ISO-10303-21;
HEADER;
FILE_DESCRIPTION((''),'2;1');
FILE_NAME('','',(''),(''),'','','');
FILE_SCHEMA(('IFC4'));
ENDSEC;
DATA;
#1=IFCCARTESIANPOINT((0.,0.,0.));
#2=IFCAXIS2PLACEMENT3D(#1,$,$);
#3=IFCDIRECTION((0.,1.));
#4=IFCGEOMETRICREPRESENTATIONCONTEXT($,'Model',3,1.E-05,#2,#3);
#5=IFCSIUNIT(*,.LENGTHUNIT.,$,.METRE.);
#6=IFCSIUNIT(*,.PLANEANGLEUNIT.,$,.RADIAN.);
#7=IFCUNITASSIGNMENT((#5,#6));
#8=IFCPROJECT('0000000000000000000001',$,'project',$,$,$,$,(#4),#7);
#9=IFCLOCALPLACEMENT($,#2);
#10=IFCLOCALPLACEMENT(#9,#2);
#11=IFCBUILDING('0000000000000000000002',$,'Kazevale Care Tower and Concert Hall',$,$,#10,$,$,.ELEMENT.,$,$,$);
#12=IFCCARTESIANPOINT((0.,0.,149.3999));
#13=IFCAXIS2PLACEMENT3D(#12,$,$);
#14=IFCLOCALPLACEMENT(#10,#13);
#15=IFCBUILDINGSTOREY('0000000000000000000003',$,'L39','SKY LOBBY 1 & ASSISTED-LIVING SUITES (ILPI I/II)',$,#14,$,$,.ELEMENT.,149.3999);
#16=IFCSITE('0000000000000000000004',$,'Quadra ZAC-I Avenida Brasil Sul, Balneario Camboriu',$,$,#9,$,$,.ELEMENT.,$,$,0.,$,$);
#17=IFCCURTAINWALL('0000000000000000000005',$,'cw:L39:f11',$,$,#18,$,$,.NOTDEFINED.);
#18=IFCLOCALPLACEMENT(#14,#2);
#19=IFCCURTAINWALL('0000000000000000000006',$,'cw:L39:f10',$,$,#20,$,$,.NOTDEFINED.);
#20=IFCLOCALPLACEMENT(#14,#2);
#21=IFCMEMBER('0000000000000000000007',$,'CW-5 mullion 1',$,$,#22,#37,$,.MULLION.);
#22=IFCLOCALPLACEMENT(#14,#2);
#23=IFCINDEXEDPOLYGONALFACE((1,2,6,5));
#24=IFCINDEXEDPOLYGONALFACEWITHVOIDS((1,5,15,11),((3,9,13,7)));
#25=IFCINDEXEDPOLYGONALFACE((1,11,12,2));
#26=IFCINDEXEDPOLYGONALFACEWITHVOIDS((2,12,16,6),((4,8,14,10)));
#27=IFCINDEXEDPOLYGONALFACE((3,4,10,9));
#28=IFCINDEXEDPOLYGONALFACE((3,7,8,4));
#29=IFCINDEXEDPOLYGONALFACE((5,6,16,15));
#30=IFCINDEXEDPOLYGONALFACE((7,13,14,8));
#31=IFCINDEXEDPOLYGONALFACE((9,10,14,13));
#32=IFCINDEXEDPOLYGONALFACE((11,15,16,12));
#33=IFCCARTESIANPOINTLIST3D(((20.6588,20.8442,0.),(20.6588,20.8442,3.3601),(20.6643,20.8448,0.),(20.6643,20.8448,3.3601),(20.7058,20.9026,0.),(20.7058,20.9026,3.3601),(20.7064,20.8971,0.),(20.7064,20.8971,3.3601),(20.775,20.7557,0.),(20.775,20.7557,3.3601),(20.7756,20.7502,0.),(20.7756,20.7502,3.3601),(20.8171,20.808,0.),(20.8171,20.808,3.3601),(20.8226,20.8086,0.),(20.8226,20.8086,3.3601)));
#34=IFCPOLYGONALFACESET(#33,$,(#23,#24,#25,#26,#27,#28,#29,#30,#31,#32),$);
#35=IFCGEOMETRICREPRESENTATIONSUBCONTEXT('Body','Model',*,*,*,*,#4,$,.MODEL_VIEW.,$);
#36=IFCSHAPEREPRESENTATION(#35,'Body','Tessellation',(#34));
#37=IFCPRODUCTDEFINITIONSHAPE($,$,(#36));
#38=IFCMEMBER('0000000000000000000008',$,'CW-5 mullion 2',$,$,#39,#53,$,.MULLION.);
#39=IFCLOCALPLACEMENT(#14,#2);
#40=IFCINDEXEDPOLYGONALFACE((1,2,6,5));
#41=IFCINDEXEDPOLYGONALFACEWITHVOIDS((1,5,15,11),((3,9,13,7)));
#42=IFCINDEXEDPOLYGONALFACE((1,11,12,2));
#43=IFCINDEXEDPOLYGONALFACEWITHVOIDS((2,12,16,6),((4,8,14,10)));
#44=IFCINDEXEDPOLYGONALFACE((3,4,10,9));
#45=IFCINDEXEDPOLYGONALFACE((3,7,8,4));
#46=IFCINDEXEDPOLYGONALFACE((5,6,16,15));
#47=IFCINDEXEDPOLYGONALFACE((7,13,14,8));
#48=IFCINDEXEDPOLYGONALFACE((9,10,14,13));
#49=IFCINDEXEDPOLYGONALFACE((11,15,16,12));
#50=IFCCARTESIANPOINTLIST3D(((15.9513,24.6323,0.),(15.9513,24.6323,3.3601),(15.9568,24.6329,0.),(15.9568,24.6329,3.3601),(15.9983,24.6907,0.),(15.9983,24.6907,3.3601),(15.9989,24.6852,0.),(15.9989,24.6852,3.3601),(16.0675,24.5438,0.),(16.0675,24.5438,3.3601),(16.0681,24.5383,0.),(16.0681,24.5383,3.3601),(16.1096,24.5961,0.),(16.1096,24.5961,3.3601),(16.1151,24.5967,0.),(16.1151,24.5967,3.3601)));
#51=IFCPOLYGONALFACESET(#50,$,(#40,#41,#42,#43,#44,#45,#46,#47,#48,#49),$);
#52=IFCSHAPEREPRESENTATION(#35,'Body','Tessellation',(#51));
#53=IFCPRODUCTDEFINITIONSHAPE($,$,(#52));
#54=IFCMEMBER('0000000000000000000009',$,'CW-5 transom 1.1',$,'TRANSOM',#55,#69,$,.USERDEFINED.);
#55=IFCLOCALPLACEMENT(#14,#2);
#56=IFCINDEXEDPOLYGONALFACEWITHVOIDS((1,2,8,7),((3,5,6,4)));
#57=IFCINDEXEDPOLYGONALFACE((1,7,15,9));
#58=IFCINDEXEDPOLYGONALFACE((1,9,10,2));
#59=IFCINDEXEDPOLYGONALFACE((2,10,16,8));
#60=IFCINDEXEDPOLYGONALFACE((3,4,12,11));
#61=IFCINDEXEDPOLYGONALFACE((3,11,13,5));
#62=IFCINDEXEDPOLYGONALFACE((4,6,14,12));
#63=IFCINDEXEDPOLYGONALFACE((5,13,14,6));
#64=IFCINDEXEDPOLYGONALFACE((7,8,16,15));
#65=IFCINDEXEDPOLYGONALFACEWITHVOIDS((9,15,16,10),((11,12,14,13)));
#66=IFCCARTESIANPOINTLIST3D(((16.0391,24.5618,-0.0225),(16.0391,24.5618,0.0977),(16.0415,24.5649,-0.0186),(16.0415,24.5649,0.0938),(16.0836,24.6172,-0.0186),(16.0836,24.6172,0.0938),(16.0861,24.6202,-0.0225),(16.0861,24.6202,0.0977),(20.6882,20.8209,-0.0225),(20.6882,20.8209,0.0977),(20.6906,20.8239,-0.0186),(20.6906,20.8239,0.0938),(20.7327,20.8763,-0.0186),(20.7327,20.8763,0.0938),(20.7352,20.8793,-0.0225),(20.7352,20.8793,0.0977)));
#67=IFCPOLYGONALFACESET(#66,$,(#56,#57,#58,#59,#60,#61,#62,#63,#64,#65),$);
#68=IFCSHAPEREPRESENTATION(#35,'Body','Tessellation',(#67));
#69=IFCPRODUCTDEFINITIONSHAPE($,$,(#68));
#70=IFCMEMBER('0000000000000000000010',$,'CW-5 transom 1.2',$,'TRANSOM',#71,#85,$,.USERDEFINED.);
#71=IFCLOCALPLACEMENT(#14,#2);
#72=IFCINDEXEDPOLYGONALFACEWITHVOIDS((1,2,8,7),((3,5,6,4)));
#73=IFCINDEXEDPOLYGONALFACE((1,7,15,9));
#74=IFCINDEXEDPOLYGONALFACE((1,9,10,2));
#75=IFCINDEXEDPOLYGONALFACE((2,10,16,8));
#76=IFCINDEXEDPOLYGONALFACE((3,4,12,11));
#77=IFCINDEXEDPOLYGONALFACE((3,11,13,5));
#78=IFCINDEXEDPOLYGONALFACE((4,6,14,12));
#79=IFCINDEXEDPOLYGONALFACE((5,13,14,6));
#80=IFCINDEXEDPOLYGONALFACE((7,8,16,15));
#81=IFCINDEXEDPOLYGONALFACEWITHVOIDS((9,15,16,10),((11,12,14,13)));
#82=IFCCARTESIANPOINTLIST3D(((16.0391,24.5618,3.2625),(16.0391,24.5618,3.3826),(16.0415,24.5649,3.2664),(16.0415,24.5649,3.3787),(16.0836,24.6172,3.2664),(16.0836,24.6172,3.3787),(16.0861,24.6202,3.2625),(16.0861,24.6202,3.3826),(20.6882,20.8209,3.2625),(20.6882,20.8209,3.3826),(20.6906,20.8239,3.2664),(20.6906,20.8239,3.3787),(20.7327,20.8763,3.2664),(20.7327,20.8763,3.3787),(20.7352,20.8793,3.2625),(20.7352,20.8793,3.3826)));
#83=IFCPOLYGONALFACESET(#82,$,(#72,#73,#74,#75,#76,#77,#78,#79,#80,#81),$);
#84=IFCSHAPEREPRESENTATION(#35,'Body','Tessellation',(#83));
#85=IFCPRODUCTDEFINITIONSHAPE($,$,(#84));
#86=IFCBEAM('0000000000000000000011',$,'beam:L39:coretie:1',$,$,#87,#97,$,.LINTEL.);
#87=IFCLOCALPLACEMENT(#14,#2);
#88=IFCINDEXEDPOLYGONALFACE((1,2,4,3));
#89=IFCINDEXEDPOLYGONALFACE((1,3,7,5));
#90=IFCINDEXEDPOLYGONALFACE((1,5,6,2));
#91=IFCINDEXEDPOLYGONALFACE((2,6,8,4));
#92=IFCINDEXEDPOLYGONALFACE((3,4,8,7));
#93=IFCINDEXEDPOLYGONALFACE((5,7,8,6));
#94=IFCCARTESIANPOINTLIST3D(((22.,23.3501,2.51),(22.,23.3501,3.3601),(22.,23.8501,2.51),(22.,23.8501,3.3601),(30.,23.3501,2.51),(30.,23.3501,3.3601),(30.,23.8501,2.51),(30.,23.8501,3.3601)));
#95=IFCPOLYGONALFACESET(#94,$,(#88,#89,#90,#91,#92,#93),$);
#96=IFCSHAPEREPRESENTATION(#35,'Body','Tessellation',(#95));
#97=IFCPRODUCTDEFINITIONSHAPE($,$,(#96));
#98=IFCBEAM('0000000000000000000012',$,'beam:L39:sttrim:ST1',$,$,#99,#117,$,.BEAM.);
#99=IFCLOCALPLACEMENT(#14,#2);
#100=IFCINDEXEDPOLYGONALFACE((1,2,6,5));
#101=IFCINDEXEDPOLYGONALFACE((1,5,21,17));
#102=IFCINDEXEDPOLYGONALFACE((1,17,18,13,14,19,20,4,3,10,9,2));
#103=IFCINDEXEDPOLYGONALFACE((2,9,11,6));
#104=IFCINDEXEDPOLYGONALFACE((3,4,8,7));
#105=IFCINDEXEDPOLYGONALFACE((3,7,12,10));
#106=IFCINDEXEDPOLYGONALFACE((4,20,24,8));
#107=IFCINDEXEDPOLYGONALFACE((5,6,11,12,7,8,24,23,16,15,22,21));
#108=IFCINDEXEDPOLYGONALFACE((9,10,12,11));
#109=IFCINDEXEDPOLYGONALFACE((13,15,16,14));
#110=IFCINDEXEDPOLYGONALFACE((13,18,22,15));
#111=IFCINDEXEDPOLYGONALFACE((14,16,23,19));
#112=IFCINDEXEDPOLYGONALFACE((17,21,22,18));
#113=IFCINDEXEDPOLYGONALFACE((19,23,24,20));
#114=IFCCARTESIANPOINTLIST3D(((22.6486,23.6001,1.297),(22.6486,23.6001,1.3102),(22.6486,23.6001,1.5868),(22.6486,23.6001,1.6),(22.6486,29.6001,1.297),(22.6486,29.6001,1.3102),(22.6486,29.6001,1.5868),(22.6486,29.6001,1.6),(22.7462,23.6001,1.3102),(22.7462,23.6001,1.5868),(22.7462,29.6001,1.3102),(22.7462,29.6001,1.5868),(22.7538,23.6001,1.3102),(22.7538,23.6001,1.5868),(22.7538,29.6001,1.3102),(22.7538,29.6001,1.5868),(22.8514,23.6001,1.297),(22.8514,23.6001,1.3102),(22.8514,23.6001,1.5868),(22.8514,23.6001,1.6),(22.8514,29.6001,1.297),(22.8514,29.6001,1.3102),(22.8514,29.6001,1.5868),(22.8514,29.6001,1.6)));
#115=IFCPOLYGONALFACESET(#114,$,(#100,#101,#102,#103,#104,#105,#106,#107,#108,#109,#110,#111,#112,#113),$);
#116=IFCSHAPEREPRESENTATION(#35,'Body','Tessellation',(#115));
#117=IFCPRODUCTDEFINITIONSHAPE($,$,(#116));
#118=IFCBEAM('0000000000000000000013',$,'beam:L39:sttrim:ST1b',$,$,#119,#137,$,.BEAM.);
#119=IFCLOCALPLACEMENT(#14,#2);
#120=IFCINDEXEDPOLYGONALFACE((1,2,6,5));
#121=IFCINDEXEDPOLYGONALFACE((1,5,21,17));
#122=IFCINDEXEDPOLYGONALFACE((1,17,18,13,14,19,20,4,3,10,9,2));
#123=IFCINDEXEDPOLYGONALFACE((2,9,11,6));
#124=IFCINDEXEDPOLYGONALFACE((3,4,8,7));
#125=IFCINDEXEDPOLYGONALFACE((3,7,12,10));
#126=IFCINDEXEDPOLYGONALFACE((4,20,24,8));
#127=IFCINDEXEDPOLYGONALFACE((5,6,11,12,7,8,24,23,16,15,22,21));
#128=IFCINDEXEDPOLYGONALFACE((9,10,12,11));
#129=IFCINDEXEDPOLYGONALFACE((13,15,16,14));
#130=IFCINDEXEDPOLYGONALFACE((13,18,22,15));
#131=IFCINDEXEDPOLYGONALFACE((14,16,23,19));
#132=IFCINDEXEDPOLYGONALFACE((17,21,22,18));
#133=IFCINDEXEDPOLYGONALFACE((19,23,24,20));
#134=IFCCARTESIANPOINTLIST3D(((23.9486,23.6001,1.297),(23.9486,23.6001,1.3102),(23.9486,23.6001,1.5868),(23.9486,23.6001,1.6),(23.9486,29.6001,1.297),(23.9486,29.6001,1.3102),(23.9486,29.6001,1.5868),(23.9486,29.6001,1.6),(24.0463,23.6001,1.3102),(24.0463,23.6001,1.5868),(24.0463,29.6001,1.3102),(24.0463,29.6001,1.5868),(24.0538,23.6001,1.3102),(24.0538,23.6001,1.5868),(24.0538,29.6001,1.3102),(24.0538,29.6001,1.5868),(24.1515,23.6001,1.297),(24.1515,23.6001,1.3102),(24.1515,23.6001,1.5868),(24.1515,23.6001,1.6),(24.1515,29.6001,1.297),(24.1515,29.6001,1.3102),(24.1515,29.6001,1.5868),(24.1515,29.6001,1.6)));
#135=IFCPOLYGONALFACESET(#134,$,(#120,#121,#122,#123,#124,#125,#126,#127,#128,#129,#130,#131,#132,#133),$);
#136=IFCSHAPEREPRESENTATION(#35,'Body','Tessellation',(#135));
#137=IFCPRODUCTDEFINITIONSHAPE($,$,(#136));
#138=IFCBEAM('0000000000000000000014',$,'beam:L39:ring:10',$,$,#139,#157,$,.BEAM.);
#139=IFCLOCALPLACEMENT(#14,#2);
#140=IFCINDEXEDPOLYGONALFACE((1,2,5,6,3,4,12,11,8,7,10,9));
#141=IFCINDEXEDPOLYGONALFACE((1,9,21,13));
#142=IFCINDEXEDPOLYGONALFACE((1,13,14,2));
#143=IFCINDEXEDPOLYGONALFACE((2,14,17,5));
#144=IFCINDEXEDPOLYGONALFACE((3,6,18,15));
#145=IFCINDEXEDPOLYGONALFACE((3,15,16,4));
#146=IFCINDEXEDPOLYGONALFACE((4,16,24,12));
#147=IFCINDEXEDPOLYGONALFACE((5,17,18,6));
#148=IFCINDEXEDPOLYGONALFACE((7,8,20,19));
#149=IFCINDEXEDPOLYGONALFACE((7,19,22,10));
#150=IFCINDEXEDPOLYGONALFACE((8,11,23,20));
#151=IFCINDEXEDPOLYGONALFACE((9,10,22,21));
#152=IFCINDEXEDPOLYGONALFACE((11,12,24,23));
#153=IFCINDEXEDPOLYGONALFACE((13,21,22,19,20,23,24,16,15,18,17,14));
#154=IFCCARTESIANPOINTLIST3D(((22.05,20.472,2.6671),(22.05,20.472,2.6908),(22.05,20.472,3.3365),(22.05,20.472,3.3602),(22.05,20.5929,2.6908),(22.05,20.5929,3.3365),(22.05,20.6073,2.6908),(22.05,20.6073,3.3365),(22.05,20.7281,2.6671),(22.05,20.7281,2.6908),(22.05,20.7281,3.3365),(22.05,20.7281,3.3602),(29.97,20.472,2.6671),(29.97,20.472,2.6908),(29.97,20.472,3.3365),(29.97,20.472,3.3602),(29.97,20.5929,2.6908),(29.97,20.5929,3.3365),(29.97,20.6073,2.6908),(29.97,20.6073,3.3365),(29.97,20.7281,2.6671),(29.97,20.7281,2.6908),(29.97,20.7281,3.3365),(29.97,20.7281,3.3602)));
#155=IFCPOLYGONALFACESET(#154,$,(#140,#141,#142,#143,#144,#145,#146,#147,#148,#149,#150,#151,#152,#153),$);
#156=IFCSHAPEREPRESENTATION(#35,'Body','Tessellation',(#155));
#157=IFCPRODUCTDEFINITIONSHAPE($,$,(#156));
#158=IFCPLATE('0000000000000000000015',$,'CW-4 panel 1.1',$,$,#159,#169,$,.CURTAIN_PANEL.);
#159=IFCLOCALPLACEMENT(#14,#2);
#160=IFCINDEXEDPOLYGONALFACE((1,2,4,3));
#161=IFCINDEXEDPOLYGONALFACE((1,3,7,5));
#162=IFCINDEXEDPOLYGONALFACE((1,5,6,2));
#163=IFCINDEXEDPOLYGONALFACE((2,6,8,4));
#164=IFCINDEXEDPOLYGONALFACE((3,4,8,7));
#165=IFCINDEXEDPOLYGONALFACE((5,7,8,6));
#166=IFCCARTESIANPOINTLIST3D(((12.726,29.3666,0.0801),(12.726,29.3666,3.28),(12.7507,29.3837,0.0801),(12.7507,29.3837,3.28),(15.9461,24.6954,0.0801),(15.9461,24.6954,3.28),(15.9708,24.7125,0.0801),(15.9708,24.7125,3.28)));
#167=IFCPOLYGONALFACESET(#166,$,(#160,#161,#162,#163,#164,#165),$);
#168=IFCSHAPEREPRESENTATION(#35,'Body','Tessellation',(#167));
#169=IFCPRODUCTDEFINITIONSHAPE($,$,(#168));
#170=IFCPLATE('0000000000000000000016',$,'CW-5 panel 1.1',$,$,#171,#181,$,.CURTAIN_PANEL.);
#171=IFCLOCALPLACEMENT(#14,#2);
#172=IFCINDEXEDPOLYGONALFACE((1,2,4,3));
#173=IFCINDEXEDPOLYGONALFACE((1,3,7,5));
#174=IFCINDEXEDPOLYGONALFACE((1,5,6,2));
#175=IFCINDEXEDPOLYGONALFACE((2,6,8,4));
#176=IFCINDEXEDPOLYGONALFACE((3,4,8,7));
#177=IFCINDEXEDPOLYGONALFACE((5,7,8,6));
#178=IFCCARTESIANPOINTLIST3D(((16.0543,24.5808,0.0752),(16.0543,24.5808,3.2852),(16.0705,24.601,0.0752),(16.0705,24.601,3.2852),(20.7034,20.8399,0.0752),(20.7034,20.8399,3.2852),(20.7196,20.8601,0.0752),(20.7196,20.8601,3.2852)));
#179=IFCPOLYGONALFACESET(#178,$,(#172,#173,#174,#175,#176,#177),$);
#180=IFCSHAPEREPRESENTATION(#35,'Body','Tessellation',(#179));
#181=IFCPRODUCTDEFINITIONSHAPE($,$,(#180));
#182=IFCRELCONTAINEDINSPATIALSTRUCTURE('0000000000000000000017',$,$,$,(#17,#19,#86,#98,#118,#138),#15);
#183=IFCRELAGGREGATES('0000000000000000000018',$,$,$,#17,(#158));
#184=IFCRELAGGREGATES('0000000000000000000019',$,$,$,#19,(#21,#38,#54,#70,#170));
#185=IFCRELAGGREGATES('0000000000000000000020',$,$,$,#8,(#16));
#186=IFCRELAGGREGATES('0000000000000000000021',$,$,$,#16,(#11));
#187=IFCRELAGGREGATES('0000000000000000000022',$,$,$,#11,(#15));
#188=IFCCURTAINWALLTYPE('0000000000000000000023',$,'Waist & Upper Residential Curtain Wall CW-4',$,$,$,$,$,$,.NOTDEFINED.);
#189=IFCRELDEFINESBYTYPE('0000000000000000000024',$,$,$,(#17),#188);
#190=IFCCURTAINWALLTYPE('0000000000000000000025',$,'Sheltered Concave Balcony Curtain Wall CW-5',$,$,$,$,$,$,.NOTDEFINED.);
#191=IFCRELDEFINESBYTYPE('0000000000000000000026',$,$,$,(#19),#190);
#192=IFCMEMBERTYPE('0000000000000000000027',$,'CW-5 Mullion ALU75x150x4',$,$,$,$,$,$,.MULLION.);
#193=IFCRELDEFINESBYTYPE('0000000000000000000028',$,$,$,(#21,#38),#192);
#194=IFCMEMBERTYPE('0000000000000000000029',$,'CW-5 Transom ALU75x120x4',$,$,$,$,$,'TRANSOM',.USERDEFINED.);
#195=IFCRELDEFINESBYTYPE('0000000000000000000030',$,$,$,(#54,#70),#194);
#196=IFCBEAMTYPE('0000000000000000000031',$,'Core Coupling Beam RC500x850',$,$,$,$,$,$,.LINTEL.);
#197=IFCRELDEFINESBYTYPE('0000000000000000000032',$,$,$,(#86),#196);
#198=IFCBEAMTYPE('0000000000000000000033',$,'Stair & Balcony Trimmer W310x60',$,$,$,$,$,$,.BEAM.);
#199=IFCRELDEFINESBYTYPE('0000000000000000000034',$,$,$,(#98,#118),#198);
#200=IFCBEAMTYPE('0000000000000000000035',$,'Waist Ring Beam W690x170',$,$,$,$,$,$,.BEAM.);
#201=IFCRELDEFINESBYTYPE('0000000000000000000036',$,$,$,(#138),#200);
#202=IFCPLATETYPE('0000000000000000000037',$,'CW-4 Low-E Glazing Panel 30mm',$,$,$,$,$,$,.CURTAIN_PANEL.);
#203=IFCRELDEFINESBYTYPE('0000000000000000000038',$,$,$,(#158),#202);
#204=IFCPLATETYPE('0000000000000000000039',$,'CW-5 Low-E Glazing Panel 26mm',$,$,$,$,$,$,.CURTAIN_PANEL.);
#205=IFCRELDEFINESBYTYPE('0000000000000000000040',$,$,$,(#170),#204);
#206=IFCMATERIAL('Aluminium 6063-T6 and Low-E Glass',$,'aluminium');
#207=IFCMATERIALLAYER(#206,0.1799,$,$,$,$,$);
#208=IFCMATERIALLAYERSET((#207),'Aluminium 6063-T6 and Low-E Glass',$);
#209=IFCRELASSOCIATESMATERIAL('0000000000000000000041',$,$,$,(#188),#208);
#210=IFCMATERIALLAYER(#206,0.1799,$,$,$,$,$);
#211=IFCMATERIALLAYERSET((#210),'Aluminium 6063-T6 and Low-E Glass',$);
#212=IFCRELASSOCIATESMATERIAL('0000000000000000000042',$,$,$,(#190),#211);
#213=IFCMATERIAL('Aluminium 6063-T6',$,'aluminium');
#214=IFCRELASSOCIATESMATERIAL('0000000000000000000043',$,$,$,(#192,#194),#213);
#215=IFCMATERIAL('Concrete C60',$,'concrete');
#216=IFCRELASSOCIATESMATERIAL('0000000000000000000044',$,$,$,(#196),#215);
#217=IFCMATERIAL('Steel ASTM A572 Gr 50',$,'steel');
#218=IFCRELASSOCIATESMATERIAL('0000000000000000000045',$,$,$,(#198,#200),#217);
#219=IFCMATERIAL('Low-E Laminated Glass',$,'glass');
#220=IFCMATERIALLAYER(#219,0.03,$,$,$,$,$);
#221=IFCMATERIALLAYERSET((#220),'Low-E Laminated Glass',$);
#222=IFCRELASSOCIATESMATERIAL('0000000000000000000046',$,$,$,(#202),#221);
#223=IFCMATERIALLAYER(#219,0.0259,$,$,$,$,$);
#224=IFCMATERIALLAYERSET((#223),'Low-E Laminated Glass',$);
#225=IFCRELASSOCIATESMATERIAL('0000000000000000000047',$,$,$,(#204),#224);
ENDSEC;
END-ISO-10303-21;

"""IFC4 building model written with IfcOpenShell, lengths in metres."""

from ifc_helpers import new_model, si_unit, direction, frame, origin, origin_2d, place, context, subcontext, project, spatial, rectangle, hollow_rectangle, i_section, extrude, material, layer, layer_set, material_profile, profile_set, type_object, element, aggregate, save


model = new_model("IFC4")

# Units and contexts
model_context = context("Model", 3, precision=1e-05, world=origin(), true_north=direction((0.0, 1.0)))
body_context = subcontext(model_context, "Body", "Model", "MODEL_VIEW")
ifc_project = project(units=[si_unit("LENGTHUNIT", "METRE"), si_unit("PLANEANGLEUNIT", "RADIAN")], contexts=[model_context])

# Site, building, storey
site_placement = place(None, origin())
site = spatial("IfcSite", under=ifc_project, at=site_placement, Name="Quadra ZAC-I Avenida Brasil Sul, Balneario Camboriu", CompositionType="ELEMENT", RefElevation=0.0)
building_placement = place(site_placement, origin())
building = spatial("IfcBuilding", under=site, at=building_placement, Name="Kazevale Care Tower and Concert Hall", CompositionType="ELEMENT")
storey_placement = place(building_placement, frame((0.0, 0.0, 149.3999)))
storey = spatial("IfcBuildingStorey", under=building, at=storey_placement, Name="L39", Description="SKY LOBBY 1 & ASSISTED-LIVING SUITES (ILPI I/II)", CompositionType="ELEMENT", Elevation=149.3999)

# Shared definitions
ifc_material_1 = material(Name="Concrete C60", Category="concrete")

# Curtain wall
ifc_material_2 = material(Name="Aluminium 6063-T6 and Low-E Glass", Category="aluminium")
ifc_layer_1 = layer(ifc_material_2, 0.1799)
ifc_layer_set_1 = layer_set([ifc_layer_1], Name="Aluminium 6063-T6 and Low-E Glass")
curtain_wall_type_1 = type_object("IfcCurtainWallType", Name="Waist & Upper Residential Curtain Wall CW-4", PredefinedType="NOTDEFINED", material=ifc_layer_set_1)
curtain_wall_1_placement = place(storey_placement, origin())
curtain_wall_1 = element("IfcCurtainWall", 1, at=curtain_wall_1_placement, inside=storey, type_object=curtain_wall_type_1, Name="cw:L39:f11", PredefinedType="NOTDEFINED")
ifc_material_3 = material(Name="Aluminium 6063-T6", Category="aluminium")

# Curtain wall, members
ifc_layer_2 = layer(ifc_material_2, 0.1799)
ifc_layer_set_2 = layer_set([ifc_layer_2], Name="Aluminium 6063-T6 and Low-E Glass")
curtain_wall_type_2 = type_object("IfcCurtainWallType", Name="Sheltered Concave Balcony Curtain Wall CW-5", PredefinedType="NOTDEFINED", material=ifc_layer_set_2)
curtain_wall_2_placement = place(storey_placement, origin())
curtain_wall_2 = element("IfcCurtainWall", 2, at=curtain_wall_2_placement, inside=storey, type_object=curtain_wall_type_2, Name="cw:L39:f10", PredefinedType="NOTDEFINED")
ifc_material_profile_1 = material_profile(ifc_material_3, hollow_rectangle(XDim=0.075, YDim=0.1499, WallThickness=0.0039, at=origin_2d()), Name="ALU75x150x4")
ifc_profile_set_1 = profile_set([ifc_material_profile_1], Name="Aluminium 6063-T6")
member_type_1 = type_object("IfcMemberType", Name="CW-5 Mullion ALU75x150x4", PredefinedType="MULLION", material=ifc_profile_set_1)
member_1_placement = place(storey_placement, frame((20.7407, 20.8264, 0.0), z_axis=(0.0, 0.0, 1.0), x_axis=(-0.626905, -0.779095, 0.0)))
member_1 = element("IfcMember", 3, at=member_1_placement, type_object=member_type_1, Name="CW-5 mullion 1", PredefinedType="MULLION", context=body_context, shape_type="SweptSolid", body=[
    extrude(hollow_rectangle(XDim=0.075, YDim=0.1499, WallThickness=0.0039, at=origin_2d()), origin(), (0.0, 0.0, 1.0), 3.3601),
])
member_2_placement = place(storey_placement, frame((16.0332, 24.6145, 0.0), z_axis=(0.0, 0.0, 1.0), x_axis=(-0.626905, -0.779095, 0.0)))
member_2 = element("IfcMember", 4, at=member_2_placement, type_object=member_type_1, Name="CW-5 mullion 2", PredefinedType="MULLION", context=body_context, shape_type="SweptSolid", body=[
    extrude(hollow_rectangle(XDim=0.075, YDim=0.1499, WallThickness=0.0039, at=origin_2d()), origin(), (0.0, 0.0, 1.0), 3.3601),
])
ifc_material_profile_2 = material_profile(ifc_material_3, hollow_rectangle(XDim=0.075, YDim=0.1201, WallThickness=0.0039, at=origin_2d()), Name="ALU75x120x4")
ifc_profile_set_2 = profile_set([ifc_material_profile_2], Name="Aluminium 6063-T6")
member_type_2 = type_object("IfcMemberType", Name="CW-5 Transom ALU75x120x4", ElementType="TRANSOM", PredefinedType="USERDEFINED", material=ifc_profile_set_2)
member_3_placement = place(storey_placement, frame((20.7117, 20.8501, 0.0376), z_axis=(-0.779097, 0.626903, 0.0), x_axis=(-0.626903, -0.779097, 0.0)))
member_3 = element("IfcMember", 5, at=member_3_placement, type_object=member_type_2, Name="CW-5 transom 1.1", ObjectType="TRANSOM", PredefinedType="USERDEFINED", context=body_context, shape_type="SweptSolid", body=[
    extrude(hollow_rectangle(XDim=0.075, YDim=0.1201, WallThickness=0.0039, at=origin_2d()), origin(), (0.0, 0.0, 1.0), 5.9673),
])
member_4_placement = place(storey_placement, frame((20.7117, 20.8501, 3.3225), z_axis=(-0.779097, 0.626903, 0.0), x_axis=(-0.626903, -0.779097, 0.0)))
member_4 = element("IfcMember", 6, at=member_4_placement, type_object=member_type_2, Name="CW-5 transom 1.2", ObjectType="TRANSOM", PredefinedType="USERDEFINED", context=body_context, shape_type="SweptSolid", body=[
    extrude(hollow_rectangle(XDim=0.075, YDim=0.1201, WallThickness=0.0039, at=origin_2d()), origin(), (0.0, 0.0, 1.0), 5.9673),
])

# Beams
ifc_material_profile_3 = material_profile(ifc_material_1, rectangle(XDim=0.5, YDim=0.8501, at=origin_2d()), Name="RC-B500x850")
ifc_profile_set_3 = profile_set([ifc_material_profile_3], Name="Concrete C60")
beam_type_1 = type_object("IfcBeamType", Name="Core Coupling Beam RC500x850", PredefinedType="LINTEL", material=ifc_profile_set_3)
beam_1_placement = place(storey_placement, frame((22.0, 23.6001, 2.9351), z_axis=(1.0, 0.0, 0.0), x_axis=(0.0, 1.0, 0.0)))
element("IfcBeam", 7, at=beam_1_placement, inside=storey, type_object=beam_type_1, Name="beam:L39:coretie:1", PredefinedType="LINTEL", context=body_context, shape_type="SweptSolid", body=[
    extrude(rectangle(XDim=0.5, YDim=0.8501, at=origin_2d()), origin(), (0.0, 0.0, 1.0), 8.0),
])
ifc_material_4 = material(Name="Steel ASTM A572 Gr 50", Category="steel")
ifc_material_profile_4 = material_profile(ifc_material_4, i_section(OverallWidth=0.2029, OverallDepth=0.303, WebThickness=0.0076, FlangeThickness=0.0132, at=origin_2d()), Name="W310x60")
ifc_profile_set_4 = profile_set([ifc_material_profile_4], Name="Steel ASTM A572 Gr 50")
beam_type_2 = type_object("IfcBeamType", Name="Stair & Balcony Trimmer W310x60", PredefinedType="BEAM", material=ifc_profile_set_4)
for number, where, z_axis, x_axis, name in (
    (8, (22.75, 23.6001, 1.4485), (0.0, 1.0, 0.0), (-1.0, 0.0, 0.0), "beam:L39:sttrim:ST1"),
    (9, (24.05, 23.6001, 1.4485), (0.0, 1.0, 0.0), (-1.0, 0.0, 0.0), "beam:L39:sttrim:ST1b"),
):
    element("IfcBeam", number, at=place(storey_placement, frame(where, z_axis=z_axis, x_axis=x_axis)), inside=storey, type_object=beam_type_2, Name=name, PredefinedType="BEAM", context=body_context, shape_type="SweptSolid", body=[
        extrude(i_section(OverallWidth=0.2029, OverallDepth=0.303, WebThickness=0.0076, FlangeThickness=0.0132, at=origin_2d()), origin(), (0.0, 0.0, 1.0), 6.0),
    ])
ifc_material_profile_5 = material_profile(ifc_material_4, i_section(OverallWidth=0.2561, OverallDepth=0.6931, WebThickness=0.0144, FlangeThickness=0.0237, at=origin_2d()), Name="W690x170")
ifc_profile_set_5 = profile_set([ifc_material_profile_5], Name="Steel ASTM A572 Gr 50")
beam_type_3 = type_object("IfcBeamType", Name="Waist Ring Beam W690x170", PredefinedType="BEAM", material=ifc_profile_set_5)
beam_2_placement = place(storey_placement, frame((22.05, 20.6001, 3.0137), z_axis=(1.0, 0.0, 0.0), x_axis=(0.0, 1.0, 0.0)))
element("IfcBeam", 10, at=beam_2_placement, inside=storey, type_object=beam_type_3, Name="beam:L39:ring:10", PredefinedType="BEAM", context=body_context, shape_type="SweptSolid", body=[
    extrude(i_section(OverallWidth=0.2561, OverallDepth=0.6931, WebThickness=0.0144, FlangeThickness=0.0237, at=origin_2d()), origin(), (0.0, 0.0, 1.0), 7.9199),
])

# Plates
ifc_material_5 = material(Name="Low-E Laminated Glass", Category="glass")
ifc_layer_3 = layer(ifc_material_5, 0.03)
ifc_layer_set_3 = layer_set([ifc_layer_3], Name="Low-E Laminated Glass")
plate_type_1 = type_object("IfcPlateType", Name="CW-4 Low-E Glazing Panel 30mm", PredefinedType="CURTAIN_PANEL", material=ifc_layer_set_3)
plate_1_placement = place(storey_placement, frame((14.3484, 27.0396, 0.0801), z_axis=(0.0, 0.0, 1.0), x_axis=(-0.567569, 0.823326, 0.0)))
plate_1 = element("IfcPlate", 11, at=plate_1_placement, type_object=plate_type_1, Name="CW-4 panel 1.1", PredefinedType="CURTAIN_PANEL", context=body_context, shape_type="SweptSolid", body=[
    extrude(rectangle(XDim=5.6736, YDim=0.03, at=origin_2d()), origin(), (0.0, 0.0, 1.0), 3.2),
])
aggregate(curtain_wall_1, [plate_1])
ifc_layer_4 = layer(ifc_material_5, 0.0259)
ifc_layer_set_4 = layer_set([ifc_layer_4], Name="Low-E Laminated Glass")
plate_type_2 = type_object("IfcPlateType", Name="CW-5 Low-E Glazing Panel 26mm", PredefinedType="CURTAIN_PANEL", material=ifc_layer_set_4)
plate_2_placement = place(storey_placement, frame((18.387, 22.7205, 0.0752), z_axis=(0.0, 0.0, 1.0), x_axis=(-0.779095, 0.626905, 0.0)))
plate_2 = element("IfcPlate", 12, at=plate_2_placement, type_object=plate_type_2, Name="CW-5 panel 1.1", PredefinedType="CURTAIN_PANEL", context=body_context, shape_type="SweptSolid", body=[
    extrude(rectangle(XDim=5.9673, YDim=0.0259, at=origin_2d()), origin(), (0.0, 0.0, 1.0), 3.21),
])
aggregate(curtain_wall_2, [member_1, member_2, member_3, member_4, plate_2])

save(model, "model.ifc")
